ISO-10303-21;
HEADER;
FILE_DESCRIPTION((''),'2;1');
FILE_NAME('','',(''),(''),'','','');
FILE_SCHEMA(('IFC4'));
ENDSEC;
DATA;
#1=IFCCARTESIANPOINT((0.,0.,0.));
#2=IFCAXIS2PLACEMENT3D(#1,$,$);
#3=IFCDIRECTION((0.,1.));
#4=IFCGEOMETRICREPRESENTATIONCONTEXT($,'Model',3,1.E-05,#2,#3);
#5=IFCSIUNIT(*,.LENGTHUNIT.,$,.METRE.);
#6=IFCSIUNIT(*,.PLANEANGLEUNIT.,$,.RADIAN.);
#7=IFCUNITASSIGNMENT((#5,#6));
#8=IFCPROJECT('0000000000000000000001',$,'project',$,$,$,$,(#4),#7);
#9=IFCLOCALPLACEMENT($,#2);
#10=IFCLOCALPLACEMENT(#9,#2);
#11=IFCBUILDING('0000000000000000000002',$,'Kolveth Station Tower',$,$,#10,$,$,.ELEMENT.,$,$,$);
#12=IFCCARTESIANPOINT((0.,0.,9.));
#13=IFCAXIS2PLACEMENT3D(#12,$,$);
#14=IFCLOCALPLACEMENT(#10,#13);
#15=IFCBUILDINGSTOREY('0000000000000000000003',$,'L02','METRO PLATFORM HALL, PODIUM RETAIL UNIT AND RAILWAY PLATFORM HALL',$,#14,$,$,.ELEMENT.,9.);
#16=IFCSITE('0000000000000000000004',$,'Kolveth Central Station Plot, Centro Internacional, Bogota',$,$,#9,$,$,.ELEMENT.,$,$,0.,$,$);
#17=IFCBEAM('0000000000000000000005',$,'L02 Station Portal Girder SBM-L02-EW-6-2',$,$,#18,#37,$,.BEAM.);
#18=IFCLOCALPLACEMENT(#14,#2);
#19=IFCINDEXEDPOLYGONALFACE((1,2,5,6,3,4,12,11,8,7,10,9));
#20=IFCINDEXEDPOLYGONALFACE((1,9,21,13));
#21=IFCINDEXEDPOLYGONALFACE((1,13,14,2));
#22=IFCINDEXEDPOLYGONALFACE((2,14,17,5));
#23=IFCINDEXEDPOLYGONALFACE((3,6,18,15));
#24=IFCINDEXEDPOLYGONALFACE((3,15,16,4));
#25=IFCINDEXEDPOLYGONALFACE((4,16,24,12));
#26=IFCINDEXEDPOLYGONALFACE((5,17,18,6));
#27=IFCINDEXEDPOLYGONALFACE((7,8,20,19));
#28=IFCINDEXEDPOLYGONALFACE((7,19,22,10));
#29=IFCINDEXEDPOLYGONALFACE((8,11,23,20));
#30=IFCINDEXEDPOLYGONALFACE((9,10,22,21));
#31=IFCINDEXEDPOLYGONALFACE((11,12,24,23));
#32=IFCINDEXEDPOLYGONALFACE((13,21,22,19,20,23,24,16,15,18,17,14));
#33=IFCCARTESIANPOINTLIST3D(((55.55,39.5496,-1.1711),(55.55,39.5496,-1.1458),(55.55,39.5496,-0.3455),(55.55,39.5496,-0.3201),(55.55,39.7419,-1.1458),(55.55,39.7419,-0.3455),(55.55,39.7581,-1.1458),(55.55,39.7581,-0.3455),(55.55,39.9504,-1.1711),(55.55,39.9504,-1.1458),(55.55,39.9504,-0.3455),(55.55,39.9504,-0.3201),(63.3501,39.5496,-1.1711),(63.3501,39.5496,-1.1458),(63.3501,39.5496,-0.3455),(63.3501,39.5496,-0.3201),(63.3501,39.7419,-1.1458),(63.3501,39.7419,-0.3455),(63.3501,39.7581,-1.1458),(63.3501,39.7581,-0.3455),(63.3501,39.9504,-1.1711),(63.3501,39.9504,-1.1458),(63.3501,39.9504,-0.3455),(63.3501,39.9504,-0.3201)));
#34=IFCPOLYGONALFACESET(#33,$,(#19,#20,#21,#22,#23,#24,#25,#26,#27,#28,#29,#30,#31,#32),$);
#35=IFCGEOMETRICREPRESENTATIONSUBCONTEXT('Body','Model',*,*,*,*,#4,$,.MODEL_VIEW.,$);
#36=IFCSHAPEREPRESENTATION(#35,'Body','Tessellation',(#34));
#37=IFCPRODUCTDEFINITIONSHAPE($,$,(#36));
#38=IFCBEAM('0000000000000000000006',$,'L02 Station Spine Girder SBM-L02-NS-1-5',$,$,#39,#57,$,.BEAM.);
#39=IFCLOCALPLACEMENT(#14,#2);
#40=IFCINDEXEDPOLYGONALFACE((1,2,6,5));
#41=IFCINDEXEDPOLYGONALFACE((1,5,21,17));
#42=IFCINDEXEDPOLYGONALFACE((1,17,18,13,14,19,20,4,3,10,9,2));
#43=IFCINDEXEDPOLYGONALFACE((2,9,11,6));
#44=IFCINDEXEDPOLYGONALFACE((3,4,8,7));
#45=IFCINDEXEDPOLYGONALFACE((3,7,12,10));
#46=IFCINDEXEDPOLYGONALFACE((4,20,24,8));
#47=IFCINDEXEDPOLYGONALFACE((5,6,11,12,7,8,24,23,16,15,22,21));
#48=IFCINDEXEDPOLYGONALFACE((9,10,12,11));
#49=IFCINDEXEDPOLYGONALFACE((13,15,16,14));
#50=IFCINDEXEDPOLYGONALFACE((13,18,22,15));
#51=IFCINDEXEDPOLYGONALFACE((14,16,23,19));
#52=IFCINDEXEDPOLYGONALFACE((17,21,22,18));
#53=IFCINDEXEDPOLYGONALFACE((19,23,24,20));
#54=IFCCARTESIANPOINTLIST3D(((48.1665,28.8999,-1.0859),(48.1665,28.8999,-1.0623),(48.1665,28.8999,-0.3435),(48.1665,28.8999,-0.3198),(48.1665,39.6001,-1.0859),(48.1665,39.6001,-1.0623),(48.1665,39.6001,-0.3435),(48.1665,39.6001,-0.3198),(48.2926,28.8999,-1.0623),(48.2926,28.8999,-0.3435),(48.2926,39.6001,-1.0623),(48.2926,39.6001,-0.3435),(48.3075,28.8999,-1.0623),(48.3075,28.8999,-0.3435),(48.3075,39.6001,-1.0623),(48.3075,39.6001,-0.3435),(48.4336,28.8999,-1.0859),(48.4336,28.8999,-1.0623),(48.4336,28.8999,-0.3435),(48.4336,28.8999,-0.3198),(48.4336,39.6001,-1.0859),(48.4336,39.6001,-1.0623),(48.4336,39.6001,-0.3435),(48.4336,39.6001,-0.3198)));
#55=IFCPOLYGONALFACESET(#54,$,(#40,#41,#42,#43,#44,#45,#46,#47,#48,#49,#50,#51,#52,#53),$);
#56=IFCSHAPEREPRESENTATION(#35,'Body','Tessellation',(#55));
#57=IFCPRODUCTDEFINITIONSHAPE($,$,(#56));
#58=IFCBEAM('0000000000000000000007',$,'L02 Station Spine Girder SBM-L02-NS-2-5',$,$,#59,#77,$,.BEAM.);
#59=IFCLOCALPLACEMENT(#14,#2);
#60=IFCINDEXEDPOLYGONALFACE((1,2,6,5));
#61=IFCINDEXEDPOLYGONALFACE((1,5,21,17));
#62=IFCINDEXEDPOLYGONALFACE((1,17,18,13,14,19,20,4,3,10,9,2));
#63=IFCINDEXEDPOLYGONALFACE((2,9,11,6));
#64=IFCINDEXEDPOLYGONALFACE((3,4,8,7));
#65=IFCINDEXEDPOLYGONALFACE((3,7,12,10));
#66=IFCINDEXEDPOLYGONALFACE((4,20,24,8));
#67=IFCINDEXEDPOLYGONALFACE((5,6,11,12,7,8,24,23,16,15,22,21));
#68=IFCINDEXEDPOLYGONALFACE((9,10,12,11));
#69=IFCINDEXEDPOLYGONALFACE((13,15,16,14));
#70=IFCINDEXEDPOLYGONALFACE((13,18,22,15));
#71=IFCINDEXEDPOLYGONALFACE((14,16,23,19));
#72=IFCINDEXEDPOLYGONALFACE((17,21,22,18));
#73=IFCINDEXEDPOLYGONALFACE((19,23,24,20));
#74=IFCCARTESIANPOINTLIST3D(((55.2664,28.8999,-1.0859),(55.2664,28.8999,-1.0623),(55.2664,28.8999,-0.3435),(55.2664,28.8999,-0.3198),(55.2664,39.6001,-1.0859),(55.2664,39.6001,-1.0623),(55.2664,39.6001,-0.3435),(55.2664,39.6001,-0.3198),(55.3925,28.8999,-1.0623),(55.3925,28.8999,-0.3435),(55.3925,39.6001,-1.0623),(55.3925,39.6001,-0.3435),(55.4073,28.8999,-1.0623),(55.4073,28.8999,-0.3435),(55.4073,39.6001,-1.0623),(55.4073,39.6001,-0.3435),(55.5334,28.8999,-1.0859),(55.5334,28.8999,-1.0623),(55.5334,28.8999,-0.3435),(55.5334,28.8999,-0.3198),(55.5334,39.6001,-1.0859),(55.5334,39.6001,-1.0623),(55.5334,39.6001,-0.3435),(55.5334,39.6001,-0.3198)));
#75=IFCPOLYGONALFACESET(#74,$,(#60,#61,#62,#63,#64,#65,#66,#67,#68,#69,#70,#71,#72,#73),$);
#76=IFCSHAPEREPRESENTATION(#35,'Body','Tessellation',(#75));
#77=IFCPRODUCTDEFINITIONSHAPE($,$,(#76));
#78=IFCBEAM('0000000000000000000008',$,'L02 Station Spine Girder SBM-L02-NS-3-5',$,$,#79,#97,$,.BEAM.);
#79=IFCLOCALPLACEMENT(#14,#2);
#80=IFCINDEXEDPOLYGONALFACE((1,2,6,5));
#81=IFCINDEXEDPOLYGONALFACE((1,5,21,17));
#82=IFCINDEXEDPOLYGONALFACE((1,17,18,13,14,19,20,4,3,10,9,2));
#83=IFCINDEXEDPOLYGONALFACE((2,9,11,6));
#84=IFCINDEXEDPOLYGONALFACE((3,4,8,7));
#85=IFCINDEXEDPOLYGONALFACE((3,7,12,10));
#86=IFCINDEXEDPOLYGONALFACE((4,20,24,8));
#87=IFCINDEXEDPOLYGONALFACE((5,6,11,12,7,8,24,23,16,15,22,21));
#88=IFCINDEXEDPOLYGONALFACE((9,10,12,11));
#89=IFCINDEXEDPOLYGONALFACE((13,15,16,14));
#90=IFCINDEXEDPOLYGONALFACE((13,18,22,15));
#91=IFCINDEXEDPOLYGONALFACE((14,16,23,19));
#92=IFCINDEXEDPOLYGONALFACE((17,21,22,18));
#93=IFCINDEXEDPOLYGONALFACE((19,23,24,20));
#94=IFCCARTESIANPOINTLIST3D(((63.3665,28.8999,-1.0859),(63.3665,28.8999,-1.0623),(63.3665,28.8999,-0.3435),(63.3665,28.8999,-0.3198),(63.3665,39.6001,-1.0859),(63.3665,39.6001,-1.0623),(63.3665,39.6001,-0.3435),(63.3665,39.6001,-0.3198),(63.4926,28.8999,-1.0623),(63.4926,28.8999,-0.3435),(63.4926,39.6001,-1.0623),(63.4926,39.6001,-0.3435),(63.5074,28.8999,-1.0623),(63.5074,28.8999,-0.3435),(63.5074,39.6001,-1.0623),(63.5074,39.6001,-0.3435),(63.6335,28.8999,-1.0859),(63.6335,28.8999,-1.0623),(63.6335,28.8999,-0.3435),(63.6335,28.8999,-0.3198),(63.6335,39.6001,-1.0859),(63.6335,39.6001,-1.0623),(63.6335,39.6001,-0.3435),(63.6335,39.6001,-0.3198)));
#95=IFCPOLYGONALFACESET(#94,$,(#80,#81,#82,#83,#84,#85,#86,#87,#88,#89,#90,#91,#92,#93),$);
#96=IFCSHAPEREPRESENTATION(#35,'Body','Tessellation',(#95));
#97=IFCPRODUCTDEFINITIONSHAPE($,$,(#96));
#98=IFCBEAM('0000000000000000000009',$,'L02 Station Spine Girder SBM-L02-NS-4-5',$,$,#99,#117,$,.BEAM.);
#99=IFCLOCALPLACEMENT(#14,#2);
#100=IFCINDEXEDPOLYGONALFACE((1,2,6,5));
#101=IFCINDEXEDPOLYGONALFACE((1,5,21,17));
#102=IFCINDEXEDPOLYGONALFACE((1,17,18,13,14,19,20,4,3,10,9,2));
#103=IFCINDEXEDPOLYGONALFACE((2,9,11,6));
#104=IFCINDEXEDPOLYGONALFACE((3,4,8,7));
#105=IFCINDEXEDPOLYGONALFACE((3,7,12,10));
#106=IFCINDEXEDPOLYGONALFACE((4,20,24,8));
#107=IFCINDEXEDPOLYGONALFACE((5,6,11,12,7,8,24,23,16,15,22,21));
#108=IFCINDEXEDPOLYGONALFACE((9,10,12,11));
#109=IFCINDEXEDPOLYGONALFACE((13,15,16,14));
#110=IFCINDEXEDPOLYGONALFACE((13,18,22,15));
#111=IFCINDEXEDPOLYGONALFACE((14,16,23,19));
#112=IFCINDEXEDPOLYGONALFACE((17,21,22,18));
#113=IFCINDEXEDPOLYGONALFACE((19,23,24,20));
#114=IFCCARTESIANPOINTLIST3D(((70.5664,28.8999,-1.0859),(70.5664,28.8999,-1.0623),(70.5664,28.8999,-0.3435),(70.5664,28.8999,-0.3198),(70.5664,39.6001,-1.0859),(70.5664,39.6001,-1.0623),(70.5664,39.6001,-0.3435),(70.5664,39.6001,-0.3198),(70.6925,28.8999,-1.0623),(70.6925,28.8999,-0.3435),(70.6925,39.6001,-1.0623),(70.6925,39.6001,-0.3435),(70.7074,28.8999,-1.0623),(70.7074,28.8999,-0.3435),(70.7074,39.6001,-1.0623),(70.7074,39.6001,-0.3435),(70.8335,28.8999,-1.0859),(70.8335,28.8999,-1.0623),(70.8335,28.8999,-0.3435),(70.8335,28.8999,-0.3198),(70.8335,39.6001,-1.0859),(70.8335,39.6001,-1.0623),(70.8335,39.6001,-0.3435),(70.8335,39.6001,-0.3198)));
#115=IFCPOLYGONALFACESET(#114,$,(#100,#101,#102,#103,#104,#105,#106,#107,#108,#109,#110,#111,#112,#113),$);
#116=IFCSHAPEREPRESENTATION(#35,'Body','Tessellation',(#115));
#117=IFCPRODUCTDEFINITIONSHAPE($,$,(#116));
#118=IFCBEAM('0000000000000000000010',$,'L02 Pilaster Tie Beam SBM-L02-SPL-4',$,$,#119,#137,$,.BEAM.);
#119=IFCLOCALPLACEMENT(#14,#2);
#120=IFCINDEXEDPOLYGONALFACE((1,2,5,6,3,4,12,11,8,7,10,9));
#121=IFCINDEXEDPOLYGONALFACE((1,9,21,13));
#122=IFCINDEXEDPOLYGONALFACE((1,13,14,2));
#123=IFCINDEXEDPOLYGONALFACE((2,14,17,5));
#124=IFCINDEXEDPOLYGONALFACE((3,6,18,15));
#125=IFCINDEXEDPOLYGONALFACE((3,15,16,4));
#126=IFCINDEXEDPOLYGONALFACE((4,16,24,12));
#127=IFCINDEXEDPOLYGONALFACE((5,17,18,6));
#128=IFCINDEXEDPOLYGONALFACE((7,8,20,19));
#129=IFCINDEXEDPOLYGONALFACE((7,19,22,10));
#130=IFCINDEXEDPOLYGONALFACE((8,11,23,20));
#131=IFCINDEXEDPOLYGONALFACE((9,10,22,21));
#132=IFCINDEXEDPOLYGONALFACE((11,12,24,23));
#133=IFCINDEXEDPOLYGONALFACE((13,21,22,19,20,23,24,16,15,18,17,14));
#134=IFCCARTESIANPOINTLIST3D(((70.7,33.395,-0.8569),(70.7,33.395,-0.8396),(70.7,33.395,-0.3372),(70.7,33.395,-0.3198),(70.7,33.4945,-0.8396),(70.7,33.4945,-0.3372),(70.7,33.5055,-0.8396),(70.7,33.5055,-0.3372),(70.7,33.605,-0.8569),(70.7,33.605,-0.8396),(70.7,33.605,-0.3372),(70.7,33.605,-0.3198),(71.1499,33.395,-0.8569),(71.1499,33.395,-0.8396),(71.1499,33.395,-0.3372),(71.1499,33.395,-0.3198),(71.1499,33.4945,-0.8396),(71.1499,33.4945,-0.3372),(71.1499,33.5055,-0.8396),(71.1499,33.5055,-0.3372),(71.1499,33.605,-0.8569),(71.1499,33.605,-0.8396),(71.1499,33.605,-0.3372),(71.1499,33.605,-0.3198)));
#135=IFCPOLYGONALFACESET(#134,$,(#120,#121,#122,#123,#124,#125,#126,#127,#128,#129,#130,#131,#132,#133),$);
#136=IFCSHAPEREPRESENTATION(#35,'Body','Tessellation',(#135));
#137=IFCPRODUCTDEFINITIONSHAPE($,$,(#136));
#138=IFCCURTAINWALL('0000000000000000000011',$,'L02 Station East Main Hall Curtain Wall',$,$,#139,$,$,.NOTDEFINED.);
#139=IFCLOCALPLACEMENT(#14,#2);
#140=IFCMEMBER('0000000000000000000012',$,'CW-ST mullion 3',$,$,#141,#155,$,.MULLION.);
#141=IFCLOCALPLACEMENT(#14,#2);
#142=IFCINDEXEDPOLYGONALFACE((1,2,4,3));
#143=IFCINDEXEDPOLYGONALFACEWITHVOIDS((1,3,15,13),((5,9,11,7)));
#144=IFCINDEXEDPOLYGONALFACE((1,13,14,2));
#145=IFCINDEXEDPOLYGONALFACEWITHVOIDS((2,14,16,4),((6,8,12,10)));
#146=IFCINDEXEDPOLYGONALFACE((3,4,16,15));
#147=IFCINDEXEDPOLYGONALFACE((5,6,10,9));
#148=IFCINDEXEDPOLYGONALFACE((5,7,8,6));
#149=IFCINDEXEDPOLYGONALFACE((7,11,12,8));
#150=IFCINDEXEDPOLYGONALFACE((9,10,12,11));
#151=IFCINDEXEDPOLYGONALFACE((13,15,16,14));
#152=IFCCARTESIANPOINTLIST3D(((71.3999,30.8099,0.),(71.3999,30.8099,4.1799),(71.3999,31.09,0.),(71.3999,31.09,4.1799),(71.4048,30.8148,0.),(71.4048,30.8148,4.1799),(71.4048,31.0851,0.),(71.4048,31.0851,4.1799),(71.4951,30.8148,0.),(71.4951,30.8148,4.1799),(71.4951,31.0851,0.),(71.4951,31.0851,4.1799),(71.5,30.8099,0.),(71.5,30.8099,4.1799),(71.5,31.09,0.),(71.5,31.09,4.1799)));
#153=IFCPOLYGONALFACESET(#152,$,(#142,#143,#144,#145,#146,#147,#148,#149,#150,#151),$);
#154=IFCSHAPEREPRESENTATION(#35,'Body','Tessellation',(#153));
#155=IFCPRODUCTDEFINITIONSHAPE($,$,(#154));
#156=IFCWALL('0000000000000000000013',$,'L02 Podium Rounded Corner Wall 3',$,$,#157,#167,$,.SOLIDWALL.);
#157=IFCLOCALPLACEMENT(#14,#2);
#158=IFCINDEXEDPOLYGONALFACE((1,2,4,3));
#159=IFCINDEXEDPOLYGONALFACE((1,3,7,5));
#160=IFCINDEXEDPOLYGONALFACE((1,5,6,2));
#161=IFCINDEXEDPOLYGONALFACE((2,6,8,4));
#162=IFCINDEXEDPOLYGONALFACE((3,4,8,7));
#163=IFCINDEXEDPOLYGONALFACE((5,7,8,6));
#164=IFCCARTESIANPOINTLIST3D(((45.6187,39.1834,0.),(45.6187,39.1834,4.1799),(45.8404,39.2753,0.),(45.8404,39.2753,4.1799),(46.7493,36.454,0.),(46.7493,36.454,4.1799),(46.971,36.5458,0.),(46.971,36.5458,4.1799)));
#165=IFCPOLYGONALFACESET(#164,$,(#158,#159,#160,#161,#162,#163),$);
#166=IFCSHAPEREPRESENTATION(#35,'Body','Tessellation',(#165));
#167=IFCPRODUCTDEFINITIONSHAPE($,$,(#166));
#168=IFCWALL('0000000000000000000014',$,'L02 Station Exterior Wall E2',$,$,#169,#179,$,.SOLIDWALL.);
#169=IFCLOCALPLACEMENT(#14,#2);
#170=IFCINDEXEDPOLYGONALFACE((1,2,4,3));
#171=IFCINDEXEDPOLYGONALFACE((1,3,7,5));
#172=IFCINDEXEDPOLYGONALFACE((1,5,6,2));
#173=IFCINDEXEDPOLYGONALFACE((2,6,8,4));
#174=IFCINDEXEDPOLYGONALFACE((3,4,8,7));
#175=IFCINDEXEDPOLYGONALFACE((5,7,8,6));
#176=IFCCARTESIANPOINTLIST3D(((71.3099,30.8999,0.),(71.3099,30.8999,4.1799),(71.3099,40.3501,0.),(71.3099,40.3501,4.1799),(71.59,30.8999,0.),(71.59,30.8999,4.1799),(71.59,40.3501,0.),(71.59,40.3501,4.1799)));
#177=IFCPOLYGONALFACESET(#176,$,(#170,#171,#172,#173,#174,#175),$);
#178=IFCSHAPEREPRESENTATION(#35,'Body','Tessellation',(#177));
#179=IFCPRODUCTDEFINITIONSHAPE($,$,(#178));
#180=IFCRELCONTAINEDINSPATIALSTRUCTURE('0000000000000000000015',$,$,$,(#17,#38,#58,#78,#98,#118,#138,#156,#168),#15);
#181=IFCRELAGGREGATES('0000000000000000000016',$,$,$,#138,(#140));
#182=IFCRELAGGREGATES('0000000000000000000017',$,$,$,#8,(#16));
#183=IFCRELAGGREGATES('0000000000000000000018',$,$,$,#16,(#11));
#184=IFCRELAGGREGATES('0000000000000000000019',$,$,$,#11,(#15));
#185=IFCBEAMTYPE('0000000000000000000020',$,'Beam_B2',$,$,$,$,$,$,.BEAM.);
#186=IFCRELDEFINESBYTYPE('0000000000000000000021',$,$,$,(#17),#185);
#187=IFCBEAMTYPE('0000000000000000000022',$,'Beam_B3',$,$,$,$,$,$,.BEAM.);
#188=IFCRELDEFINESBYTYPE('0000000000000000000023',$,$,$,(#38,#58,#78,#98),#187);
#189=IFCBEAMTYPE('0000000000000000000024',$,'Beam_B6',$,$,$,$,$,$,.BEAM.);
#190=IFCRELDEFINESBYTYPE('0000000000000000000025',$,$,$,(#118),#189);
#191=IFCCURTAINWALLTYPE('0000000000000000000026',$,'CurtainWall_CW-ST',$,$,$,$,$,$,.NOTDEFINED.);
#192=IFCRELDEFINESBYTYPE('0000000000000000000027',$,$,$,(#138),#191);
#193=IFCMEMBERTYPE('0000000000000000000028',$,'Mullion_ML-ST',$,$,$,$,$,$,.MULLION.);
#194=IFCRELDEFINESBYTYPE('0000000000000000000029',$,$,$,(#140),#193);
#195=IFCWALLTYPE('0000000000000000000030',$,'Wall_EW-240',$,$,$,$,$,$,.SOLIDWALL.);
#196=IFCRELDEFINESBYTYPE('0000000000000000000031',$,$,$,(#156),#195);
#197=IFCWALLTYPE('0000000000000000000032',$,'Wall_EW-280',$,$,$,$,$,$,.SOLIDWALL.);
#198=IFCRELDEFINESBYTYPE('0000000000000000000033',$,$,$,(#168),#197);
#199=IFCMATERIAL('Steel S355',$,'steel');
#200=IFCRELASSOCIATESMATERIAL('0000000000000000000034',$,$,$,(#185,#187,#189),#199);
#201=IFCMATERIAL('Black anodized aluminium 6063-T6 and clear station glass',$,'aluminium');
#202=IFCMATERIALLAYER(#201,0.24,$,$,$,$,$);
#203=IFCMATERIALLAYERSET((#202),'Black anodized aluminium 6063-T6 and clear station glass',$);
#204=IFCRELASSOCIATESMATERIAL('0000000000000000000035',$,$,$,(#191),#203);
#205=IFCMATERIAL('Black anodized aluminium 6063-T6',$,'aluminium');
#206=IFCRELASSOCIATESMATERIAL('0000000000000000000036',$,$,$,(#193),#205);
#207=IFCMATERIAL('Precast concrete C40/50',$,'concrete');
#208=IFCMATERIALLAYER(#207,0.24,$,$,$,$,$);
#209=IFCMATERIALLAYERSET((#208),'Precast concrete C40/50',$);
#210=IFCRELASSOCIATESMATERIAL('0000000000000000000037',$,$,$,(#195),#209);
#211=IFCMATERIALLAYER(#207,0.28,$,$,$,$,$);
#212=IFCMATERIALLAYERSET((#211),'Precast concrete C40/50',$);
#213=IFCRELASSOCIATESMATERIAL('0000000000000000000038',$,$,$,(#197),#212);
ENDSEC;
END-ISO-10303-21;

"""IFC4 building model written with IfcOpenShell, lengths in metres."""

from ifc_helpers import new_model, si_unit, direction, frame, frame_2d, origin, origin_2d, place, context, subcontext, project, spatial, rectangle, hollow_rectangle, i_section, extrude, source, transform, mapped, material, layer, layer_set, material_profile, profile_set, type_object, element, aggregate, save


model = new_model("IFC4")

# Units and contexts
model_context = context("Model", 3, precision=1e-05, world=origin(), true_north=direction((0.0, 1.0)))
body_context = subcontext(model_context, "Body", "Model", "MODEL_VIEW")
ifc_project = project(units=[si_unit("LENGTHUNIT", "METRE"), si_unit("PLANEANGLEUNIT", "RADIAN")], contexts=[model_context])

# Site, building, storey
site_placement = place(None, origin())
site = spatial("IfcSite", under=ifc_project, at=site_placement, Name="Kolveth Central Station Plot, Centro Internacional, Bogota", CompositionType="ELEMENT", RefElevation=0.0)
building_placement = place(site_placement, origin())
building = spatial("IfcBuilding", under=site, at=building_placement, Name="Kolveth Station Tower", CompositionType="ELEMENT")
storey_placement = place(building_placement, frame((0.0, 0.0, 9.0)))
storey = spatial("IfcBuildingStorey", under=building, at=storey_placement, Name="L02", Description="METRO PLATFORM HALL, PODIUM RETAIL UNIT AND RAILWAY PLATFORM HALL", CompositionType="ELEMENT", Elevation=9.0)

# Shared definitions
ifc_material_1 = material(Name="Steel S355", Category="steel")

# Beams
ifc_material_profile_1 = material_profile(ifc_material_1, i_section(OverallWidth=0.4009, OverallDepth=0.8511, WebThickness=0.0161, FlangeThickness=0.0254, at=origin_2d()), Name="W840x226")
ifc_profile_set_1 = profile_set([ifc_material_profile_1], Name="Steel S355")
beam_type_1 = type_object("IfcBeamType", Name="Beam_B2", PredefinedType="BEAM", material=ifc_profile_set_1)
shared_shape_1 = source(origin(), body_context, "Body", "SweptSolid", [
    extrude(i_section(OverallWidth=0.4009, OverallDepth=0.8511, WebThickness=0.0161, FlangeThickness=0.0254, at=origin_2d()), origin(), (0.0, 0.0, 1.0), 7.8),
])
beam_1_placement = place(storey_placement, frame((55.55, 39.75, -0.7456), z_axis=(1.0, 0.0, 0.0), x_axis=(0.0, 1.0, 0.0)))
element("IfcBeam", 1, at=beam_1_placement, inside=storey, type_object=beam_type_1, Name="L02 Station Portal Girder SBM-L02-EW-6-2", PredefinedType="BEAM", context=body_context, shape_type="MappedRepresentation", body=[
    mapped(shared_shape_1, transform((0.0, 0.0, 0.0), x_axis=(1.0, 0.0, 0.0), y_axis=(0.0, 1.0, 0.0), z_axis=(0.0, 0.0, 1.0), scale=1.0)),
])
ifc_material_profile_2 = material_profile(ifc_material_1, i_section(OverallWidth=0.2671, OverallDepth=0.7661, WebThickness=0.0149, FlangeThickness=0.0237, at=origin_2d()), Name="W760x185")
ifc_profile_set_2 = profile_set([ifc_material_profile_2], Name="Steel S355")
beam_type_2 = type_object("IfcBeamType", Name="Beam_B3", PredefinedType="BEAM", material=ifc_profile_set_2)
shared_shape_2 = source(origin(), body_context, "Body", "SweptSolid", [
    extrude(i_section(OverallWidth=0.2671, OverallDepth=0.7661, WebThickness=0.0149, FlangeThickness=0.0237, at=origin_2d()), origin(), (0.0, 0.0, 1.0), 10.7002),
])
for number, where, z_axis, x_axis, name in (
    (2, (48.3, 28.8999, -0.7029), (0.0, 1.0, 0.0), (-1.0, 0.0, 0.0), "L02 Station Spine Girder SBM-L02-NS-1-5"),
    (3, (55.3999, 28.8999, -0.7029), (0.0, 1.0, 0.0), (-1.0, 0.0, 0.0), "L02 Station Spine Girder SBM-L02-NS-2-5"),
    (4, (63.5, 28.8999, -0.7029), (0.0, 1.0, 0.0), (-1.0, 0.0, 0.0), "L02 Station Spine Girder SBM-L02-NS-3-5"),
    (5, (70.7, 28.8999, -0.7029), (0.0, 1.0, 0.0), (-1.0, 0.0, 0.0), "L02 Station Spine Girder SBM-L02-NS-4-5"),
):
    element("IfcBeam", number, at=place(storey_placement, frame(where, z_axis=z_axis, x_axis=x_axis)), inside=storey, type_object=beam_type_2, Name=name, PredefinedType="BEAM", context=body_context, shape_type="MappedRepresentation", body=[
        mapped(shared_shape_2, transform((0.0, 0.0, 0.0), x_axis=(1.0, 0.0, 0.0), y_axis=(0.0, 1.0, 0.0), z_axis=(0.0, 0.0, 1.0), scale=1.0)),
    ])
ifc_material_profile_3 = material_profile(ifc_material_1, i_section(OverallWidth=0.21, OverallDepth=0.5371, WebThickness=0.011, FlangeThickness=0.0173, at=origin_2d()), Name="W530x101")
ifc_profile_set_3 = profile_set([ifc_material_profile_3], Name="Steel S355")
beam_type_3 = type_object("IfcBeamType", Name="Beam_B6", PredefinedType="BEAM", material=ifc_profile_set_3)
shared_shape_3 = source(origin(), body_context, "Body", "SweptSolid", [
    extrude(i_section(OverallWidth=0.21, OverallDepth=0.5371, WebThickness=0.011, FlangeThickness=0.0173, at=origin_2d()), origin(), (0.0, 0.0, 1.0), 0.45),
])
beam_2_placement = place(storey_placement, frame((70.7, 33.5, -0.5884), z_axis=(1.0, 0.0, 0.0), x_axis=(0.0, 1.0, 0.0)))
element("IfcBeam", 6, at=beam_2_placement, inside=storey, type_object=beam_type_3, Name="L02 Pilaster Tie Beam SBM-L02-SPL-4", PredefinedType="BEAM", context=body_context, shape_type="MappedRepresentation", body=[
    mapped(shared_shape_3, transform((0.0, 0.0, 0.0), x_axis=(1.0, 0.0, 0.0), y_axis=(0.0, 1.0, 0.0), z_axis=(0.0, 0.0, 1.0), scale=1.0)),
])

# Curtain wall, member
ifc_material_2 = material(Name="Black anodized aluminium 6063-T6 and clear station glass", Category="aluminium")
ifc_layer_1 = layer(ifc_material_2, 0.24)
ifc_layer_set_1 = layer_set([ifc_layer_1], Name="Black anodized aluminium 6063-T6 and clear station glass")
curtain_wall_type = type_object("IfcCurtainWallType", Name="CurtainWall_CW-ST", PredefinedType="NOTDEFINED", material=ifc_layer_set_1)
curtain_wall_placement = place(storey_placement, origin())
curtain_wall = element("IfcCurtainWall", 7, at=curtain_wall_placement, inside=storey, type_object=curtain_wall_type, Name="L02 Station East Main Hall Curtain Wall", PredefinedType="NOTDEFINED")
ifc_material_3 = material(Name="Black anodized aluminium 6063-T6", Category="aluminium")
ifc_material_profile_4 = material_profile(ifc_material_3, hollow_rectangle(XDim=0.1001, YDim=0.28, WallThickness=0.0049, at=origin_2d()), Name="ALU-100x280x5")
ifc_profile_set_4 = profile_set([ifc_material_profile_4], Name="Black anodized aluminium 6063-T6")
member_type = type_object("IfcMemberType", Name="Mullion_ML-ST", PredefinedType="MULLION", material=ifc_profile_set_4)
shared_shape_4 = source(origin(), body_context, "Body", "SweptSolid", [
    extrude(hollow_rectangle(XDim=0.1001, YDim=0.28, WallThickness=0.0049, at=origin_2d()), origin(), (0.0, 0.0, 1.0), 4.1799),
])
member_placement = place(storey_placement, frame((71.45, 30.95, 0.0), z_axis=(0.0, 0.0, 1.0), x_axis=(-1.0, 0.0, 0.0)))
member = element("IfcMember", 8, at=member_placement, type_object=member_type, Name="CW-ST mullion 3", PredefinedType="MULLION", context=body_context, shape_type="MappedRepresentation", body=[
    mapped(shared_shape_4, transform((0.0, 0.0, 0.0), x_axis=(1.0, 0.0, 0.0), y_axis=(0.0, 1.0, 0.0), z_axis=(0.0, 0.0, 1.0), scale=1.0)),
])
aggregate(curtain_wall, [member])

# Walls
ifc_material_4 = material(Name="Precast concrete C40/50", Category="concrete")
ifc_layer_2 = layer(ifc_material_4, 0.24)
ifc_layer_set_2 = layer_set([ifc_layer_2], Name="Precast concrete C40/50")
wall_type_1 = type_object("IfcWallType", Name="Wall_EW-240", PredefinedType="SOLIDWALL", material=ifc_layer_set_2)
wall_1_placement = place(storey_placement, frame((46.8601, 36.5, 0.0), z_axis=(0.0, 0.0, 1.0), x_axis=(-0.38269, 0.923877, 0.0)))
element("IfcWall", 9, at=wall_1_placement, inside=storey, type_object=wall_type_1, Name="L02 Podium Rounded Corner Wall 3", PredefinedType="SOLIDWALL", context=body_context, shape_type="SweptSolid", body=[
    extrude(rectangle(XDim=2.9543, YDim=0.24, at=frame_2d((1.4771, 0.0))), origin(), (0.0, 0.0, 1.0), 4.1799),
])
ifc_layer_3 = layer(ifc_material_4, 0.28)
ifc_layer_set_3 = layer_set([ifc_layer_3], Name="Precast concrete C40/50")
wall_type_2 = type_object("IfcWallType", Name="Wall_EW-280", PredefinedType="SOLIDWALL", material=ifc_layer_set_3)
wall_2_placement = place(storey_placement, frame((71.45, 30.8999, 0.0), z_axis=(0.0, 0.0, 1.0), x_axis=(0.0, 1.0, 0.0)))
element("IfcWall", 10, at=wall_2_placement, inside=storey, type_object=wall_type_2, Name="L02 Station Exterior Wall E2", PredefinedType="SOLIDWALL", context=body_context, shape_type="SweptSolid", body=[
    extrude(rectangle(XDim=9.4502, YDim=0.28, at=frame_2d((4.7251, 0.0))), origin(), (0.0, 0.0, 1.0), 4.1799),
])

save(model, "model.ifc")
